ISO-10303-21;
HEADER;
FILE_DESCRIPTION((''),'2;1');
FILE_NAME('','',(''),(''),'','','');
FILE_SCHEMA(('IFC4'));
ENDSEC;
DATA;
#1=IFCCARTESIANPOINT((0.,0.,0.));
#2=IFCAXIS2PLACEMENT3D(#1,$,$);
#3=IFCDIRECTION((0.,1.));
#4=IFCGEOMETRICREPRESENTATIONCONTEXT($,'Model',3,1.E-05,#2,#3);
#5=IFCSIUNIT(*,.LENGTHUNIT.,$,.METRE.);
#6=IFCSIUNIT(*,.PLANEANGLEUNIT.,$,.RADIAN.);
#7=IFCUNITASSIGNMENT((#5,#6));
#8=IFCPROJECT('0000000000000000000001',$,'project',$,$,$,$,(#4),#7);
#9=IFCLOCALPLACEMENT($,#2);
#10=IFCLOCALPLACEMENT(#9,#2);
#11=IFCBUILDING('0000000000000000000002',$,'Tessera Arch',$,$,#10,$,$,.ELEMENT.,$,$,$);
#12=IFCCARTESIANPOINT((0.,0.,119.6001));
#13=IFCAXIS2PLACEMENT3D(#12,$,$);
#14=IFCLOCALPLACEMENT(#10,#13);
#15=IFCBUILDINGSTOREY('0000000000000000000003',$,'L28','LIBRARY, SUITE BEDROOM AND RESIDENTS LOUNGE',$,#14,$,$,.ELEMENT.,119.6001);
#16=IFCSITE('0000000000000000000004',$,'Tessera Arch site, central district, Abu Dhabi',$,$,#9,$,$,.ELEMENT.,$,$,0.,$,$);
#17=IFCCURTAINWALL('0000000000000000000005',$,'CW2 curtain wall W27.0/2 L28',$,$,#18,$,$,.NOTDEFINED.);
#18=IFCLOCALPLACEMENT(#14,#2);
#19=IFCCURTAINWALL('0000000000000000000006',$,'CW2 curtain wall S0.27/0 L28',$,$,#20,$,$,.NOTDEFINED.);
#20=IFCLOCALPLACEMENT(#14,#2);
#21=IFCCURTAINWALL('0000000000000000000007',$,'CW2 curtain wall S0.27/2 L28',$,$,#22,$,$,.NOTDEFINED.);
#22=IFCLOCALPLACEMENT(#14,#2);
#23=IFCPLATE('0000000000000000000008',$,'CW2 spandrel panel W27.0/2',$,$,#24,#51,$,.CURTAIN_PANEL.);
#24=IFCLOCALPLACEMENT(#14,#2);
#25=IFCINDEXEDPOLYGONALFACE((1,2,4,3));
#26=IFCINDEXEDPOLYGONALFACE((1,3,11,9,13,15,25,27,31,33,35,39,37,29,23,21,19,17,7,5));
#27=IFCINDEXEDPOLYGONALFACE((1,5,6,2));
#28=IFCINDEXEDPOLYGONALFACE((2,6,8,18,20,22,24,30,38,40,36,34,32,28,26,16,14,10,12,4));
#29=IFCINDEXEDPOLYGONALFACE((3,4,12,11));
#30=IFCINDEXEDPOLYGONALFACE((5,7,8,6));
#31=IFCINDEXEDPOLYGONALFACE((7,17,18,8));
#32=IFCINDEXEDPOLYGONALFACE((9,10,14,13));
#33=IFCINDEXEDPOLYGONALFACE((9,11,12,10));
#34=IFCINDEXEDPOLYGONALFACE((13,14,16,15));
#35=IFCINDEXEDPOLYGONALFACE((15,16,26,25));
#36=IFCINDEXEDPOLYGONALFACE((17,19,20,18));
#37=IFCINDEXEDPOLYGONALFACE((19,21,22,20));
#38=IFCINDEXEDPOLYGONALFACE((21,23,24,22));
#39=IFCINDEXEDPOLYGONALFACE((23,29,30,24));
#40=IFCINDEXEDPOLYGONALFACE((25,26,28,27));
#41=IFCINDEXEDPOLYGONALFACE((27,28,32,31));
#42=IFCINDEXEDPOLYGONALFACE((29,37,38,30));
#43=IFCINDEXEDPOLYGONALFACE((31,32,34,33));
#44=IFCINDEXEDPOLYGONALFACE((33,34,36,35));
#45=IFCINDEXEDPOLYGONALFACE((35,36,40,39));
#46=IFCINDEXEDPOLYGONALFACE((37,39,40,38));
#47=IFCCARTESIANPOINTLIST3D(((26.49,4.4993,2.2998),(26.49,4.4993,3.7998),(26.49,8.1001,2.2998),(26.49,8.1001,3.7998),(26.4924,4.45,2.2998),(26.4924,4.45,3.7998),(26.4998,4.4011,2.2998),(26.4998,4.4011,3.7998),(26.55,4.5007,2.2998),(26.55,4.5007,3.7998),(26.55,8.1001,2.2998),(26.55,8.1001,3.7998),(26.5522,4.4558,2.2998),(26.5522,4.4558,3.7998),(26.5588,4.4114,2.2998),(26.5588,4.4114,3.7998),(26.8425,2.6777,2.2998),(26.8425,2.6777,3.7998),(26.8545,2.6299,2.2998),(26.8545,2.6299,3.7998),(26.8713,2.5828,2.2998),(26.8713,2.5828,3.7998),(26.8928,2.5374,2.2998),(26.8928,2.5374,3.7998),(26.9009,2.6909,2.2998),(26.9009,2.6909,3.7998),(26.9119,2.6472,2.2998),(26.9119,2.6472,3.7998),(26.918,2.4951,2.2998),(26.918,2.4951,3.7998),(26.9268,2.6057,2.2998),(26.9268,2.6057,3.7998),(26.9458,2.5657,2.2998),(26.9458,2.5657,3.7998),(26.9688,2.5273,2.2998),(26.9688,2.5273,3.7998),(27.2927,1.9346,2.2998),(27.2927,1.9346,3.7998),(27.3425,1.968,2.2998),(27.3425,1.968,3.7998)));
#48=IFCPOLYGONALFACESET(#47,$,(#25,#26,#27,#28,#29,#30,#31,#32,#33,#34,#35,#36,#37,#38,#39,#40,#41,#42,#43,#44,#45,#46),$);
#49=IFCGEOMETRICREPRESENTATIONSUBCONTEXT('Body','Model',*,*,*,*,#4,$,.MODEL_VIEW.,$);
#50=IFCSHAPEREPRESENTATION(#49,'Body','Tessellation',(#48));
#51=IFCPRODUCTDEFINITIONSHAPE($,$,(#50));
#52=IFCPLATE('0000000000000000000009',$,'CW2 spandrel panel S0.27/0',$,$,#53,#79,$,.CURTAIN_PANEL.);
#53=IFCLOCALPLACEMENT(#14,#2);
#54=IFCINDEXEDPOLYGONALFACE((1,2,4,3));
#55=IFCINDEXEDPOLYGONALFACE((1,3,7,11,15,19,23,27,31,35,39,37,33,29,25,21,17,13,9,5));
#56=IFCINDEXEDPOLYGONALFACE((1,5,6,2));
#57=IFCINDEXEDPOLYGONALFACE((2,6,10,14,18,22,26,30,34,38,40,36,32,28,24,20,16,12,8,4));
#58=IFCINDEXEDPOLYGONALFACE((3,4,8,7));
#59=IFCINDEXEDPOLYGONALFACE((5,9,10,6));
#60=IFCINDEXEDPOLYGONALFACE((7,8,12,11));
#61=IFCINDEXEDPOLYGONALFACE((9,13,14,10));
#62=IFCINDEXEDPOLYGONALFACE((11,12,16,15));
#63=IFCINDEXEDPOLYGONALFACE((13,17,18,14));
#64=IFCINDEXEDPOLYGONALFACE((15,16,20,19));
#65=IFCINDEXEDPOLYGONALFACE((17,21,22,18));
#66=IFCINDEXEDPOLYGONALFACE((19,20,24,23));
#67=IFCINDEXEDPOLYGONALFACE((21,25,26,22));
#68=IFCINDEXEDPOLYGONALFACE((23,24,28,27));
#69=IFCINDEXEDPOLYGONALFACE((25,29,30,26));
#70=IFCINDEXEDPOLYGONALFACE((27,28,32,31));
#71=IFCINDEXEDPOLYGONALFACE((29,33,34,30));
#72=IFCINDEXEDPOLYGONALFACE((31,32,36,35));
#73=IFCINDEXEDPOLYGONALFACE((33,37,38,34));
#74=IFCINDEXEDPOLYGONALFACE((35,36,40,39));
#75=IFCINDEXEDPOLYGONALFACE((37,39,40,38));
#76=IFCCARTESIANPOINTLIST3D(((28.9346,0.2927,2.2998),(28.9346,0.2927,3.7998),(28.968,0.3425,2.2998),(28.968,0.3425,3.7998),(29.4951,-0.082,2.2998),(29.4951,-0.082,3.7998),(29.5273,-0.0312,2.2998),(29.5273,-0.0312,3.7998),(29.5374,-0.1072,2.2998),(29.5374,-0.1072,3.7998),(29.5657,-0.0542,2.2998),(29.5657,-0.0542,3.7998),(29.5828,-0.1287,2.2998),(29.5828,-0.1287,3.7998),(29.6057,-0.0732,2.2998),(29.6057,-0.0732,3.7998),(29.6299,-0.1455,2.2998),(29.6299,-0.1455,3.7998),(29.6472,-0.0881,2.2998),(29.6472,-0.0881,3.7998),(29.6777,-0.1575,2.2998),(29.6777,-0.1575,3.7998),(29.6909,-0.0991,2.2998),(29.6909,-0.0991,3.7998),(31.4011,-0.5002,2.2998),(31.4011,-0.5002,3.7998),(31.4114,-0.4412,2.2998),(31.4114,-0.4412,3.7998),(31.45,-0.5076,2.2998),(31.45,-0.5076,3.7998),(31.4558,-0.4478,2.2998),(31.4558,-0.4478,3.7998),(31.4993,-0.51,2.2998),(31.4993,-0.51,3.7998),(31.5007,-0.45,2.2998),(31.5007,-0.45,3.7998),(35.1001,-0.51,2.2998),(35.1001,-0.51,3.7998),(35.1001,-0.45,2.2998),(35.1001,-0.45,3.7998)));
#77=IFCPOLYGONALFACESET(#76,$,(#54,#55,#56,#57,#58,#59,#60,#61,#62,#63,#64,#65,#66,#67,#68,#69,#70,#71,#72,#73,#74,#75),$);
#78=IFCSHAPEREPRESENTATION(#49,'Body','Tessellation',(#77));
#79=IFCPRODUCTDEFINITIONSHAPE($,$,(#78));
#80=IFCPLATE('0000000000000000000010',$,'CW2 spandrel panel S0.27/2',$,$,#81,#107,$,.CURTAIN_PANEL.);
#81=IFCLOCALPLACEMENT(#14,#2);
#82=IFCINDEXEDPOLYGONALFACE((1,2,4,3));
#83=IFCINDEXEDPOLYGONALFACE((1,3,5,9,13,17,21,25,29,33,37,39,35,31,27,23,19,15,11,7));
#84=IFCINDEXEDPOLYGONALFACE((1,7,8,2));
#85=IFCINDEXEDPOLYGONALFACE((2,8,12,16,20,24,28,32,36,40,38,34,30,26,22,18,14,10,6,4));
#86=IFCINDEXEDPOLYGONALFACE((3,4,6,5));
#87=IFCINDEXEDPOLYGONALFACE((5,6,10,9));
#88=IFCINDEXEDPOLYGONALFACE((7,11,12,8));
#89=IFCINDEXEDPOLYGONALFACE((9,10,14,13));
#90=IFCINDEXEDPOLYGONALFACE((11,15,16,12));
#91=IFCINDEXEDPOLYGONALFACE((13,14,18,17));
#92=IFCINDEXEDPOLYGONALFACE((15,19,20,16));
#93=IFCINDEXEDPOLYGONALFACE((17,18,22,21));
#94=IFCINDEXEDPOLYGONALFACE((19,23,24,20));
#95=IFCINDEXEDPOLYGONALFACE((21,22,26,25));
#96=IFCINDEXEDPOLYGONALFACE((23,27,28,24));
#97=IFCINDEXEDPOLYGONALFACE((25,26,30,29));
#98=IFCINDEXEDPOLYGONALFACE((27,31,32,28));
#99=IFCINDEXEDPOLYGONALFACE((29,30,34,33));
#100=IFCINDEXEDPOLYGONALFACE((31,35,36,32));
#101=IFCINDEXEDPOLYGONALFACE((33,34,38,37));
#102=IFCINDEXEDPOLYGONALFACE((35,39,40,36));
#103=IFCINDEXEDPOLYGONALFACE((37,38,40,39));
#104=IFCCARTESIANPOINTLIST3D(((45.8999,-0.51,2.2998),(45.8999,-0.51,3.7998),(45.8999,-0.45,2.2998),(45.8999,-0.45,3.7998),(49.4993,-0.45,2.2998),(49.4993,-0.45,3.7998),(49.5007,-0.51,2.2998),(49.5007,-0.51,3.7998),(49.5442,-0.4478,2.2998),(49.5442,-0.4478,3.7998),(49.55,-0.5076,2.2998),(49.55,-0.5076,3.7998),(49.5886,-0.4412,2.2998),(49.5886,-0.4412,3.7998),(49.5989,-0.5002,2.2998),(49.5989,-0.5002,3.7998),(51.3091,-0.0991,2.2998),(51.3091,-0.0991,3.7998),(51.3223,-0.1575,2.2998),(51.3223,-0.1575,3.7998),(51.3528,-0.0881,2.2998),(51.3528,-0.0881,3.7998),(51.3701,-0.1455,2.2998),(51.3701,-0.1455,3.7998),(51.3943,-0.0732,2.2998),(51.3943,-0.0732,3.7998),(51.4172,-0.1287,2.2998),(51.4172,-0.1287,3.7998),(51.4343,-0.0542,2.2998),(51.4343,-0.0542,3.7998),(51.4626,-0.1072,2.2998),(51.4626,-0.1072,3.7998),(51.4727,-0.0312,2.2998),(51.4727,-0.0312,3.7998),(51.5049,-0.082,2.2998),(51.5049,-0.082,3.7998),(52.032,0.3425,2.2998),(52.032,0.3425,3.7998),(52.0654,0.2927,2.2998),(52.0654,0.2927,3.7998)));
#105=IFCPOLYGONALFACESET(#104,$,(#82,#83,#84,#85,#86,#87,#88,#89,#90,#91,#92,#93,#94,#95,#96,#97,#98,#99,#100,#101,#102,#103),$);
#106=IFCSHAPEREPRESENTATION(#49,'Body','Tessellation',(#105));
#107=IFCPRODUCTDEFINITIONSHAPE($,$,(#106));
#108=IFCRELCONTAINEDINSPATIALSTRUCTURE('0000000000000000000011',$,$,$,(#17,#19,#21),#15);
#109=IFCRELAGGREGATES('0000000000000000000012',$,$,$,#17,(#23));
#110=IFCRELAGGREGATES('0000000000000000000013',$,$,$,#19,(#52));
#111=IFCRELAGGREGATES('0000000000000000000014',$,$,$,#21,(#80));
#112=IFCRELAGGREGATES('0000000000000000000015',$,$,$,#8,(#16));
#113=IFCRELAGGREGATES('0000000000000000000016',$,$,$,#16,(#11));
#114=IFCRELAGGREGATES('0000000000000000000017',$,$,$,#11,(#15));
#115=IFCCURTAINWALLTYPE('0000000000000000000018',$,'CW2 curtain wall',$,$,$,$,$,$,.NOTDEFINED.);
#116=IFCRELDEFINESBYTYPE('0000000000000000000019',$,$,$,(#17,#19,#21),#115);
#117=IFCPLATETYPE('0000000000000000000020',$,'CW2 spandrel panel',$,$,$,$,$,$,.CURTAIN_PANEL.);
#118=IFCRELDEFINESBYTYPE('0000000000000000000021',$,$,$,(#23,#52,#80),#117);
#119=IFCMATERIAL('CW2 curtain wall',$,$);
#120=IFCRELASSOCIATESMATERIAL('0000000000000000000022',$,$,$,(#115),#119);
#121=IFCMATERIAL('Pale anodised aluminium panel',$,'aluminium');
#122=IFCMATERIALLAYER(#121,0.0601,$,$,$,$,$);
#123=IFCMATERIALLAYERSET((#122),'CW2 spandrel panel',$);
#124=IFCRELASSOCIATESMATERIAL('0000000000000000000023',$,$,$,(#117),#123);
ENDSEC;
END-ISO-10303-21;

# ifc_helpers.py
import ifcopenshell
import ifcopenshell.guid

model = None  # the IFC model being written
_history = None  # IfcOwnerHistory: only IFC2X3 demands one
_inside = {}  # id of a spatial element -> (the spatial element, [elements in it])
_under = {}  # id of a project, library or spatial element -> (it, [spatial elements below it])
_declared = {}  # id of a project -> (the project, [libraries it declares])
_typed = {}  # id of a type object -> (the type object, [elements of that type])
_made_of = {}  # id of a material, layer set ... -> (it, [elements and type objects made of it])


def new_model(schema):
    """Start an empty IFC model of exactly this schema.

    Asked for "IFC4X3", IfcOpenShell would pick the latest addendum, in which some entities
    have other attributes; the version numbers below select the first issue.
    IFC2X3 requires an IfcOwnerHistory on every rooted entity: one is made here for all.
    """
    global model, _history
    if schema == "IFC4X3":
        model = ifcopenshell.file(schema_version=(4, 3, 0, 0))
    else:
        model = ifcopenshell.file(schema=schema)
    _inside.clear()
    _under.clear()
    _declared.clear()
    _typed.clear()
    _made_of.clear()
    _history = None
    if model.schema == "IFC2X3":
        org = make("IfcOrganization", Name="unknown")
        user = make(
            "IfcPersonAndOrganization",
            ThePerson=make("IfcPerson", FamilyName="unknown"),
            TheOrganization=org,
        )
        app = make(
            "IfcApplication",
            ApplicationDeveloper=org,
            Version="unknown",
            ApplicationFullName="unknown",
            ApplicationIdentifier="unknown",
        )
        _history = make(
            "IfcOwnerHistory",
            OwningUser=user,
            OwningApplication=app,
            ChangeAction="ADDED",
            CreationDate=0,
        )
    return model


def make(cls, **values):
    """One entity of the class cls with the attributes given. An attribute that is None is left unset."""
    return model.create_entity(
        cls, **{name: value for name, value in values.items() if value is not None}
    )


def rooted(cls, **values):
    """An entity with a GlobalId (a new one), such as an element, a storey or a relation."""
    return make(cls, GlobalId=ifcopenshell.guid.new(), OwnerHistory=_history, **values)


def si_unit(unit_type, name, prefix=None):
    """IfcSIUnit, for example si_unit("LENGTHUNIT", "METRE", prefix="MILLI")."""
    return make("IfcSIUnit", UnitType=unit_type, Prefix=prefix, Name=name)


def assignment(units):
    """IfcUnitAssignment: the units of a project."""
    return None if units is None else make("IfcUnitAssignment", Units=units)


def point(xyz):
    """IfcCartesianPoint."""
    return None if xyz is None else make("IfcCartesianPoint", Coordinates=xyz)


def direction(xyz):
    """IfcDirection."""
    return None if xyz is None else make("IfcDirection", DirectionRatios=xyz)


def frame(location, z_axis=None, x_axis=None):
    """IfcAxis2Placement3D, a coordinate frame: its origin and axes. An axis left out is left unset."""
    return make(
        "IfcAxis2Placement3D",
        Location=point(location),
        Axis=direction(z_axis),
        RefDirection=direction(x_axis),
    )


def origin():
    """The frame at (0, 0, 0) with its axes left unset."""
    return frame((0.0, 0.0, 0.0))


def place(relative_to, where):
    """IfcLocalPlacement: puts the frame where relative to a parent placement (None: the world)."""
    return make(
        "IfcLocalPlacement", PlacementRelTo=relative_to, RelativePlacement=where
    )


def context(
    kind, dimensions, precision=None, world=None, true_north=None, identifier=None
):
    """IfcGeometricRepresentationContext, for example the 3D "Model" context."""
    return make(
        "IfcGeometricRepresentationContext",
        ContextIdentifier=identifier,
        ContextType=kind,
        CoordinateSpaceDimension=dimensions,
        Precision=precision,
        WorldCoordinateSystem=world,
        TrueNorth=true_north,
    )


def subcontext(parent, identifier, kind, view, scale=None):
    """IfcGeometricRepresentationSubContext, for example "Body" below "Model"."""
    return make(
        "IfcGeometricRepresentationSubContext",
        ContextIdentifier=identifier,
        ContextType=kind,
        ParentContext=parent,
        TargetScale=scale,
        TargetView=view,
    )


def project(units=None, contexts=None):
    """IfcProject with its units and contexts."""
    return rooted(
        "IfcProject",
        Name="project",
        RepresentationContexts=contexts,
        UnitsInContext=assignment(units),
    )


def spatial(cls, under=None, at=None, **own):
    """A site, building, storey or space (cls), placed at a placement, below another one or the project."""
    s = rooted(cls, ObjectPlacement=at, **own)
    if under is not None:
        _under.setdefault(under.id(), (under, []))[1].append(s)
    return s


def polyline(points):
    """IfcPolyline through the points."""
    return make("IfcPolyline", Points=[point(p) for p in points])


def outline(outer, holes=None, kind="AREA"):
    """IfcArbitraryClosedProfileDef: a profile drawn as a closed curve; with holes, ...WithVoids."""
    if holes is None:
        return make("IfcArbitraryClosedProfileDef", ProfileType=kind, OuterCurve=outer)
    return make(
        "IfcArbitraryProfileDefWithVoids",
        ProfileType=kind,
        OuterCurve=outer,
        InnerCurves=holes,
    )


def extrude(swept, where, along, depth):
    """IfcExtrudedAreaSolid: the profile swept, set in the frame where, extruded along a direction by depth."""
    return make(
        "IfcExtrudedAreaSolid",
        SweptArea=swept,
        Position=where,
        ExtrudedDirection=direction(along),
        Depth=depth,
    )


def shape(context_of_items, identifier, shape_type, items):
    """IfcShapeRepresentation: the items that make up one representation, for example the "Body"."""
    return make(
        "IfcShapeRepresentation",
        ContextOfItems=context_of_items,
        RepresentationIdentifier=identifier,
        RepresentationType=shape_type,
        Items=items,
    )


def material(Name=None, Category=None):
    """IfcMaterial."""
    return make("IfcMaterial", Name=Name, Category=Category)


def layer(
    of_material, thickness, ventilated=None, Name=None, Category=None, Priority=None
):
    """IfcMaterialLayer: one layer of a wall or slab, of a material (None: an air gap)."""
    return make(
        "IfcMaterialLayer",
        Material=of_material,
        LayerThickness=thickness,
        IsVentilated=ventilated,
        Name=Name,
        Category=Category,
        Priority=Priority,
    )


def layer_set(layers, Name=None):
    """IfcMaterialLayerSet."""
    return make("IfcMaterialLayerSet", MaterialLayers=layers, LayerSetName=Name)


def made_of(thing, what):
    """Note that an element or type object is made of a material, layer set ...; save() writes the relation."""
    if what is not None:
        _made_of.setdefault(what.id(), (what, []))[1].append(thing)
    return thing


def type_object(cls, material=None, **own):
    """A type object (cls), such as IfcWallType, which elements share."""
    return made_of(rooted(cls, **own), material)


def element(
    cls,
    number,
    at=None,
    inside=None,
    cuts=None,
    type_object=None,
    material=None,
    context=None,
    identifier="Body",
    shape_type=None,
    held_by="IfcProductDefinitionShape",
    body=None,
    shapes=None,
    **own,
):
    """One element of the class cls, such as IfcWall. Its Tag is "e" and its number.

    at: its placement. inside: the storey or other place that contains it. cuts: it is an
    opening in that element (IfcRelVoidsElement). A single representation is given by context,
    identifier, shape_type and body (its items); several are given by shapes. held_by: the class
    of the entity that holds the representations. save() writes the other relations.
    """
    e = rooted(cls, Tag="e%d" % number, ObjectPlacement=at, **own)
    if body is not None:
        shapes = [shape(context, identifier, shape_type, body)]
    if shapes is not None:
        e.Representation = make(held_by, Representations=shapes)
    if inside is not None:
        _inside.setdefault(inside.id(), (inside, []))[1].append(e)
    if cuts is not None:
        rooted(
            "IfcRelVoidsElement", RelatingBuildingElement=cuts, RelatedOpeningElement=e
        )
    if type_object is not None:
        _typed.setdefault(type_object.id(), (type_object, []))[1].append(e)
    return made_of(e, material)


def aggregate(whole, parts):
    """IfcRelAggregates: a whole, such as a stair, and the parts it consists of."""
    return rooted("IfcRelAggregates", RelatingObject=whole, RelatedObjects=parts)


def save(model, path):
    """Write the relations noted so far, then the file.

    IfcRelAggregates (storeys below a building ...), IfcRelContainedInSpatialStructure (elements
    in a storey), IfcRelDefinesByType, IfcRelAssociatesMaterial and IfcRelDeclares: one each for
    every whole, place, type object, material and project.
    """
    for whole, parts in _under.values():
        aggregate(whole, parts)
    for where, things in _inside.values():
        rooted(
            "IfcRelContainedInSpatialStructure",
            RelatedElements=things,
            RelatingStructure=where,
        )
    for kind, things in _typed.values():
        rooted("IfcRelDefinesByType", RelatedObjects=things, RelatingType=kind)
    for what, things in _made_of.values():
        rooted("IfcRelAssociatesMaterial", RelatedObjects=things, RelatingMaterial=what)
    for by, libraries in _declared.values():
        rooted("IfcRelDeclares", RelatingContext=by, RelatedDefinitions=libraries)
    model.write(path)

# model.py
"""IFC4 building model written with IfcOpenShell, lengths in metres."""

from ifc_helpers import new_model, si_unit, direction, frame, origin, place, context, subcontext, project, spatial, polyline, outline, extrude, material, layer, layer_set, type_object, element, aggregate, save


model = new_model("IFC4")

# Units and contexts
model_context = context("Model", 3, precision=1e-05, world=origin(), true_north=direction((0.0, 1.0)))
body_context = subcontext(model_context, "Body", "Model", "MODEL_VIEW")
ifc_project = project(units=[si_unit("LENGTHUNIT", "METRE"), si_unit("PLANEANGLEUNIT", "RADIAN")], contexts=[model_context])

# Site, building, storey
site_placement = place(None, origin())
site = spatial("IfcSite", under=ifc_project, at=site_placement, Name="Tessera Arch site, central district, Abu Dhabi", CompositionType="ELEMENT", RefElevation=0.0)
building_placement = place(site_placement, origin())
building = spatial("IfcBuilding", under=site, at=building_placement, Name="Tessera Arch", CompositionType="ELEMENT")
storey_placement = place(building_placement, frame((0.0, 0.0, 119.6001)))
storey = spatial("IfcBuildingStorey", under=building, at=storey_placement, Name="L28", Description="LIBRARY, SUITE BEDROOM AND RESIDENTS LOUNGE", CompositionType="ELEMENT", Elevation=119.6001)

# Curtain walls
ifc_material_1 = material(Name="CW2 curtain wall")
curtain_wall_type = type_object("IfcCurtainWallType", Name="CW2 curtain wall", PredefinedType="NOTDEFINED", material=ifc_material_1)
curtain_wall_1_placement = place(storey_placement, origin())
curtain_wall_1 = element("IfcCurtainWall", 1, at=curtain_wall_1_placement, inside=storey, type_object=curtain_wall_type, Name="CW2 curtain wall W27.0/2 L28", PredefinedType="NOTDEFINED")
curtain_wall_2_placement = place(storey_placement, origin())
curtain_wall_2 = element("IfcCurtainWall", 2, at=curtain_wall_2_placement, inside=storey, type_object=curtain_wall_type, Name="CW2 curtain wall S0.27/0 L28", PredefinedType="NOTDEFINED")
curtain_wall_3_placement = place(storey_placement, origin())
curtain_wall_3 = element("IfcCurtainWall", 3, at=curtain_wall_3_placement, inside=storey, type_object=curtain_wall_type, Name="CW2 curtain wall S0.27/2 L28", PredefinedType="NOTDEFINED")

# Plates
ifc_material_2 = material(Name="Pale anodised aluminium panel", Category="aluminium")
ifc_layer_1 = layer(ifc_material_2, 0.0601)
ifc_layer_set_1 = layer_set([ifc_layer_1], Name="CW2 spandrel panel")
plate_type_1 = type_object("IfcPlateType", Name="CW2 spandrel panel", PredefinedType="CURTAIN_PANEL", material=ifc_layer_set_1)
plate_1_placement = place(storey_placement, frame((0.0, 0.0, 2.2998)))
plate_1 = element("IfcPlate", 4, at=plate_1_placement, type_object=plate_type_1, Name="CW2 spandrel panel W27.0/2", PredefinedType="CURTAIN_PANEL", context=body_context, shape_type="SweptSolid", body=[
    extrude(outline(polyline([(26.55, 4.5007), (26.55, 8.1001), (26.49, 8.1001), (26.49, 4.4993), (26.4924, 4.45), (26.4998, 4.4011), (26.8425, 2.6777), (26.8545, 2.6299), (26.8713, 2.5828), (26.8928, 2.5374), (26.918, 2.4951), (27.2927, 1.9346), (27.3425, 1.968), (26.9688, 2.5273), (26.9458, 2.5657), (26.9268, 2.6057), (26.9119, 2.6472), (26.9009, 2.6909), (26.5588, 4.4114), (26.5522, 4.4558), (26.55, 4.5007)])), origin(), (0.0, 0.0, 1.0), 1.5),
])
aggregate(curtain_wall_1, [plate_1])
plate_2_placement = place(storey_placement, frame((0.0, 0.0, 2.2998)))
plate_2 = element("IfcPlate", 5, at=plate_2_placement, type_object=plate_type_1, Name="CW2 spandrel panel S0.27/0", PredefinedType="CURTAIN_PANEL", context=body_context, shape_type="SweptSolid", body=[
    extrude(outline(polyline([(29.5273, -0.0312), (28.968, 0.3425), (28.9346, 0.2927), (29.4951, -0.082), (29.5374, -0.1072), (29.5828, -0.1287), (29.6299, -0.1455), (29.6777, -0.1575), (31.4011, -0.5002), (31.45, -0.5076), (31.4993, -0.51), (35.1001, -0.51), (35.1001, -0.45), (31.5007, -0.45), (31.4558, -0.4478), (31.4114, -0.4412), (29.6909, -0.0991), (29.6472, -0.0881), (29.6057, -0.0732), (29.5657, -0.0542), (29.5273, -0.0312)])), origin(), (0.0, 0.0, 1.0), 1.5),
])
aggregate(curtain_wall_2, [plate_2])
plate_3_placement = place(storey_placement, frame((0.0, 0.0, 2.2998)))
plate_3 = element("IfcPlate", 6, at=plate_3_placement, type_object=plate_type_1, Name="CW2 spandrel panel S0.27/2", PredefinedType="CURTAIN_PANEL", context=body_context, shape_type="SweptSolid", body=[
    extrude(outline(polyline([(49.4993, -0.45), (45.8999, -0.45), (45.8999, -0.51), (49.5007, -0.51), (49.55, -0.5076), (49.5989, -0.5002), (51.3223, -0.1575), (51.3701, -0.1455), (51.4172, -0.1287), (51.4626, -0.1072), (51.5049, -0.082), (52.0654, 0.2927), (52.032, 0.3425), (51.4727, -0.0312), (51.4343, -0.0542), (51.3943, -0.0732), (51.3528, -0.0881), (51.3091, -0.0991), (49.5886, -0.4412), (49.5442, -0.4478), (49.4993, -0.45)])), origin(), (0.0, 0.0, 1.0), 1.5),
])
aggregate(curtain_wall_3, [plate_3])

save(model, "model.ifc")
